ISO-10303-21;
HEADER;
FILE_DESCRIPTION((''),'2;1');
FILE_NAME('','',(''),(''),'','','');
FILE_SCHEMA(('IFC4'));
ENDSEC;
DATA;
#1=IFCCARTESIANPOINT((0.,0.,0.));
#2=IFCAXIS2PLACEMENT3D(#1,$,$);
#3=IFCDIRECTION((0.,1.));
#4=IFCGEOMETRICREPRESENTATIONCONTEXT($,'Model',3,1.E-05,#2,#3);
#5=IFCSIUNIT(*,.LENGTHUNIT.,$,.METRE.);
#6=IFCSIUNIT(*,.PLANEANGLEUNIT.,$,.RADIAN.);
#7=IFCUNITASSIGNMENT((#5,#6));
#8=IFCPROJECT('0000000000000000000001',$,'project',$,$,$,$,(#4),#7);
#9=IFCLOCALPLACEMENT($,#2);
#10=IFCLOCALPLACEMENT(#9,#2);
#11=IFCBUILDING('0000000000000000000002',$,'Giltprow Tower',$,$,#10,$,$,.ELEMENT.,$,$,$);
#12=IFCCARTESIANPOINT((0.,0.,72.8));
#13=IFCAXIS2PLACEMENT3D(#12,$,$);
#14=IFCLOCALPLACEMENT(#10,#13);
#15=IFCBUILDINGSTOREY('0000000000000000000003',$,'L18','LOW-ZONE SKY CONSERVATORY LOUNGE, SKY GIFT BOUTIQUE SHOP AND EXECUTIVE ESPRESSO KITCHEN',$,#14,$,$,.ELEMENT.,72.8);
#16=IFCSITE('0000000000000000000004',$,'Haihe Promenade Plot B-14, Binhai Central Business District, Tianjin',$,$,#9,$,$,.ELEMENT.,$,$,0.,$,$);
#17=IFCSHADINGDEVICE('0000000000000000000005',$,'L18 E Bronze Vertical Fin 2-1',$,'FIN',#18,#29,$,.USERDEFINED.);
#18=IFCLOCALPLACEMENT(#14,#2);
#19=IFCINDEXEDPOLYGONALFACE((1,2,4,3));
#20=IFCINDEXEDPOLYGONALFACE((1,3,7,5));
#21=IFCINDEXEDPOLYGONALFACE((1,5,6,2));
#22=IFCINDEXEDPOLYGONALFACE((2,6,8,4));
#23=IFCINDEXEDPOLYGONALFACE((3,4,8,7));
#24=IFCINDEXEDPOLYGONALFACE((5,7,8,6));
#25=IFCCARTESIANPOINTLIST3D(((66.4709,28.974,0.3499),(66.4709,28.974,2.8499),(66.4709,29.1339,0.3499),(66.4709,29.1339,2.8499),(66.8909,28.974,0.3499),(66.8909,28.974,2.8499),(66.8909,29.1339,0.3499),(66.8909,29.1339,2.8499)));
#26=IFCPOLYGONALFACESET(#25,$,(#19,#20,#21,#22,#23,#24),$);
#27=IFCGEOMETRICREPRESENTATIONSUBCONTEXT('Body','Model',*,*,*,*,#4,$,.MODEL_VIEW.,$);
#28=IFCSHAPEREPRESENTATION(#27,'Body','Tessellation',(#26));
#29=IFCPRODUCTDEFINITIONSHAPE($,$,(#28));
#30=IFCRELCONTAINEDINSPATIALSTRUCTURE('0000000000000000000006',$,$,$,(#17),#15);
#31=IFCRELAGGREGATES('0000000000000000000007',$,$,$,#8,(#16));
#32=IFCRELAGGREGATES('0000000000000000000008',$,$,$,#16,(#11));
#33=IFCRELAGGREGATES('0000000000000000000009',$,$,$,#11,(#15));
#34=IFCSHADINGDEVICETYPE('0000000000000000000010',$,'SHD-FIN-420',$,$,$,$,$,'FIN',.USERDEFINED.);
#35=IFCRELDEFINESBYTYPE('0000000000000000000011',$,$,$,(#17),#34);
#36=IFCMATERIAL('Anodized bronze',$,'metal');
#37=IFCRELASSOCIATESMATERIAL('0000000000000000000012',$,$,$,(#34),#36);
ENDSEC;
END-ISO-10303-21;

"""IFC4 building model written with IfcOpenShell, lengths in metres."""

from ifc_helpers import new_model, si_unit, direction, frame, origin, origin_2d, place, context, subcontext, project, spatial, rectangle, extrude, source, transform, mapped, material, type_object, element, save


model = new_model("IFC4")

# Units and contexts
model_context = context("Model", 3, precision=1e-05, world=origin(), true_north=direction((0.0, 1.0)))
body_context = subcontext(model_context, "Body", "Model", "MODEL_VIEW")
ifc_project = project(units=[si_unit("LENGTHUNIT", "METRE"), si_unit("PLANEANGLEUNIT", "RADIAN")], contexts=[model_context])

# Site, building, storey
site_placement = place(None, origin())
site = spatial("IfcSite", under=ifc_project, at=site_placement, Name="Haihe Promenade Plot B-14, Binhai Central Business District, Tianjin", CompositionType="ELEMENT", RefElevation=0.0)
building_placement = place(site_placement, origin())
building = spatial("IfcBuilding", under=site, at=building_placement, Name="Giltprow Tower", CompositionType="ELEMENT")
storey_placement = place(building_placement, frame((0.0, 0.0, 72.8)))
storey = spatial("IfcBuildingStorey", under=building, at=storey_placement, Name="L18", Description="LOW-ZONE SKY CONSERVATORY LOUNGE, SKY GIFT BOUTIQUE SHOP AND EXECUTIVE ESPRESSO KITCHEN", CompositionType="ELEMENT", Elevation=72.8)

# Shared definitions
ifc_material_1 = material(Name="Anodized bronze", Category="metal")

# Shading device
shading_device_type = type_object("IfcShadingDeviceType", Name="SHD-FIN-420", ElementType="FIN", PredefinedType="USERDEFINED", material=ifc_material_1)
shared_shape_1 = source(origin(), body_context, "Body", "SweptSolid", [
    extrude(rectangle(XDim=0.4199, YDim=0.1599, at=origin_2d()), origin(), (0.0, 0.0, 1.0), 2.5),
])
shading_device_placement = place(storey_placement, frame((66.6809, 29.054, 0.3499), z_axis=(0.0, 0.0, 1.0), x_axis=(1.0, 0.0, 0.0)))
element("IfcShadingDevice", 1, at=shading_device_placement, inside=storey, type_object=shading_device_type, Name="L18 E Bronze Vertical Fin 2-1", ObjectType="FIN", PredefinedType="USERDEFINED", context=body_context, shape_type="MappedRepresentation", body=[
    mapped(shared_shape_1, transform((0.0, 0.0, 0.0), x_axis=(1.0, 0.0, 0.0), y_axis=(0.0, 1.0, 0.0), z_axis=(0.0, 0.0, 1.0), scale=1.0)),
])

save(model, "model.ifc")
